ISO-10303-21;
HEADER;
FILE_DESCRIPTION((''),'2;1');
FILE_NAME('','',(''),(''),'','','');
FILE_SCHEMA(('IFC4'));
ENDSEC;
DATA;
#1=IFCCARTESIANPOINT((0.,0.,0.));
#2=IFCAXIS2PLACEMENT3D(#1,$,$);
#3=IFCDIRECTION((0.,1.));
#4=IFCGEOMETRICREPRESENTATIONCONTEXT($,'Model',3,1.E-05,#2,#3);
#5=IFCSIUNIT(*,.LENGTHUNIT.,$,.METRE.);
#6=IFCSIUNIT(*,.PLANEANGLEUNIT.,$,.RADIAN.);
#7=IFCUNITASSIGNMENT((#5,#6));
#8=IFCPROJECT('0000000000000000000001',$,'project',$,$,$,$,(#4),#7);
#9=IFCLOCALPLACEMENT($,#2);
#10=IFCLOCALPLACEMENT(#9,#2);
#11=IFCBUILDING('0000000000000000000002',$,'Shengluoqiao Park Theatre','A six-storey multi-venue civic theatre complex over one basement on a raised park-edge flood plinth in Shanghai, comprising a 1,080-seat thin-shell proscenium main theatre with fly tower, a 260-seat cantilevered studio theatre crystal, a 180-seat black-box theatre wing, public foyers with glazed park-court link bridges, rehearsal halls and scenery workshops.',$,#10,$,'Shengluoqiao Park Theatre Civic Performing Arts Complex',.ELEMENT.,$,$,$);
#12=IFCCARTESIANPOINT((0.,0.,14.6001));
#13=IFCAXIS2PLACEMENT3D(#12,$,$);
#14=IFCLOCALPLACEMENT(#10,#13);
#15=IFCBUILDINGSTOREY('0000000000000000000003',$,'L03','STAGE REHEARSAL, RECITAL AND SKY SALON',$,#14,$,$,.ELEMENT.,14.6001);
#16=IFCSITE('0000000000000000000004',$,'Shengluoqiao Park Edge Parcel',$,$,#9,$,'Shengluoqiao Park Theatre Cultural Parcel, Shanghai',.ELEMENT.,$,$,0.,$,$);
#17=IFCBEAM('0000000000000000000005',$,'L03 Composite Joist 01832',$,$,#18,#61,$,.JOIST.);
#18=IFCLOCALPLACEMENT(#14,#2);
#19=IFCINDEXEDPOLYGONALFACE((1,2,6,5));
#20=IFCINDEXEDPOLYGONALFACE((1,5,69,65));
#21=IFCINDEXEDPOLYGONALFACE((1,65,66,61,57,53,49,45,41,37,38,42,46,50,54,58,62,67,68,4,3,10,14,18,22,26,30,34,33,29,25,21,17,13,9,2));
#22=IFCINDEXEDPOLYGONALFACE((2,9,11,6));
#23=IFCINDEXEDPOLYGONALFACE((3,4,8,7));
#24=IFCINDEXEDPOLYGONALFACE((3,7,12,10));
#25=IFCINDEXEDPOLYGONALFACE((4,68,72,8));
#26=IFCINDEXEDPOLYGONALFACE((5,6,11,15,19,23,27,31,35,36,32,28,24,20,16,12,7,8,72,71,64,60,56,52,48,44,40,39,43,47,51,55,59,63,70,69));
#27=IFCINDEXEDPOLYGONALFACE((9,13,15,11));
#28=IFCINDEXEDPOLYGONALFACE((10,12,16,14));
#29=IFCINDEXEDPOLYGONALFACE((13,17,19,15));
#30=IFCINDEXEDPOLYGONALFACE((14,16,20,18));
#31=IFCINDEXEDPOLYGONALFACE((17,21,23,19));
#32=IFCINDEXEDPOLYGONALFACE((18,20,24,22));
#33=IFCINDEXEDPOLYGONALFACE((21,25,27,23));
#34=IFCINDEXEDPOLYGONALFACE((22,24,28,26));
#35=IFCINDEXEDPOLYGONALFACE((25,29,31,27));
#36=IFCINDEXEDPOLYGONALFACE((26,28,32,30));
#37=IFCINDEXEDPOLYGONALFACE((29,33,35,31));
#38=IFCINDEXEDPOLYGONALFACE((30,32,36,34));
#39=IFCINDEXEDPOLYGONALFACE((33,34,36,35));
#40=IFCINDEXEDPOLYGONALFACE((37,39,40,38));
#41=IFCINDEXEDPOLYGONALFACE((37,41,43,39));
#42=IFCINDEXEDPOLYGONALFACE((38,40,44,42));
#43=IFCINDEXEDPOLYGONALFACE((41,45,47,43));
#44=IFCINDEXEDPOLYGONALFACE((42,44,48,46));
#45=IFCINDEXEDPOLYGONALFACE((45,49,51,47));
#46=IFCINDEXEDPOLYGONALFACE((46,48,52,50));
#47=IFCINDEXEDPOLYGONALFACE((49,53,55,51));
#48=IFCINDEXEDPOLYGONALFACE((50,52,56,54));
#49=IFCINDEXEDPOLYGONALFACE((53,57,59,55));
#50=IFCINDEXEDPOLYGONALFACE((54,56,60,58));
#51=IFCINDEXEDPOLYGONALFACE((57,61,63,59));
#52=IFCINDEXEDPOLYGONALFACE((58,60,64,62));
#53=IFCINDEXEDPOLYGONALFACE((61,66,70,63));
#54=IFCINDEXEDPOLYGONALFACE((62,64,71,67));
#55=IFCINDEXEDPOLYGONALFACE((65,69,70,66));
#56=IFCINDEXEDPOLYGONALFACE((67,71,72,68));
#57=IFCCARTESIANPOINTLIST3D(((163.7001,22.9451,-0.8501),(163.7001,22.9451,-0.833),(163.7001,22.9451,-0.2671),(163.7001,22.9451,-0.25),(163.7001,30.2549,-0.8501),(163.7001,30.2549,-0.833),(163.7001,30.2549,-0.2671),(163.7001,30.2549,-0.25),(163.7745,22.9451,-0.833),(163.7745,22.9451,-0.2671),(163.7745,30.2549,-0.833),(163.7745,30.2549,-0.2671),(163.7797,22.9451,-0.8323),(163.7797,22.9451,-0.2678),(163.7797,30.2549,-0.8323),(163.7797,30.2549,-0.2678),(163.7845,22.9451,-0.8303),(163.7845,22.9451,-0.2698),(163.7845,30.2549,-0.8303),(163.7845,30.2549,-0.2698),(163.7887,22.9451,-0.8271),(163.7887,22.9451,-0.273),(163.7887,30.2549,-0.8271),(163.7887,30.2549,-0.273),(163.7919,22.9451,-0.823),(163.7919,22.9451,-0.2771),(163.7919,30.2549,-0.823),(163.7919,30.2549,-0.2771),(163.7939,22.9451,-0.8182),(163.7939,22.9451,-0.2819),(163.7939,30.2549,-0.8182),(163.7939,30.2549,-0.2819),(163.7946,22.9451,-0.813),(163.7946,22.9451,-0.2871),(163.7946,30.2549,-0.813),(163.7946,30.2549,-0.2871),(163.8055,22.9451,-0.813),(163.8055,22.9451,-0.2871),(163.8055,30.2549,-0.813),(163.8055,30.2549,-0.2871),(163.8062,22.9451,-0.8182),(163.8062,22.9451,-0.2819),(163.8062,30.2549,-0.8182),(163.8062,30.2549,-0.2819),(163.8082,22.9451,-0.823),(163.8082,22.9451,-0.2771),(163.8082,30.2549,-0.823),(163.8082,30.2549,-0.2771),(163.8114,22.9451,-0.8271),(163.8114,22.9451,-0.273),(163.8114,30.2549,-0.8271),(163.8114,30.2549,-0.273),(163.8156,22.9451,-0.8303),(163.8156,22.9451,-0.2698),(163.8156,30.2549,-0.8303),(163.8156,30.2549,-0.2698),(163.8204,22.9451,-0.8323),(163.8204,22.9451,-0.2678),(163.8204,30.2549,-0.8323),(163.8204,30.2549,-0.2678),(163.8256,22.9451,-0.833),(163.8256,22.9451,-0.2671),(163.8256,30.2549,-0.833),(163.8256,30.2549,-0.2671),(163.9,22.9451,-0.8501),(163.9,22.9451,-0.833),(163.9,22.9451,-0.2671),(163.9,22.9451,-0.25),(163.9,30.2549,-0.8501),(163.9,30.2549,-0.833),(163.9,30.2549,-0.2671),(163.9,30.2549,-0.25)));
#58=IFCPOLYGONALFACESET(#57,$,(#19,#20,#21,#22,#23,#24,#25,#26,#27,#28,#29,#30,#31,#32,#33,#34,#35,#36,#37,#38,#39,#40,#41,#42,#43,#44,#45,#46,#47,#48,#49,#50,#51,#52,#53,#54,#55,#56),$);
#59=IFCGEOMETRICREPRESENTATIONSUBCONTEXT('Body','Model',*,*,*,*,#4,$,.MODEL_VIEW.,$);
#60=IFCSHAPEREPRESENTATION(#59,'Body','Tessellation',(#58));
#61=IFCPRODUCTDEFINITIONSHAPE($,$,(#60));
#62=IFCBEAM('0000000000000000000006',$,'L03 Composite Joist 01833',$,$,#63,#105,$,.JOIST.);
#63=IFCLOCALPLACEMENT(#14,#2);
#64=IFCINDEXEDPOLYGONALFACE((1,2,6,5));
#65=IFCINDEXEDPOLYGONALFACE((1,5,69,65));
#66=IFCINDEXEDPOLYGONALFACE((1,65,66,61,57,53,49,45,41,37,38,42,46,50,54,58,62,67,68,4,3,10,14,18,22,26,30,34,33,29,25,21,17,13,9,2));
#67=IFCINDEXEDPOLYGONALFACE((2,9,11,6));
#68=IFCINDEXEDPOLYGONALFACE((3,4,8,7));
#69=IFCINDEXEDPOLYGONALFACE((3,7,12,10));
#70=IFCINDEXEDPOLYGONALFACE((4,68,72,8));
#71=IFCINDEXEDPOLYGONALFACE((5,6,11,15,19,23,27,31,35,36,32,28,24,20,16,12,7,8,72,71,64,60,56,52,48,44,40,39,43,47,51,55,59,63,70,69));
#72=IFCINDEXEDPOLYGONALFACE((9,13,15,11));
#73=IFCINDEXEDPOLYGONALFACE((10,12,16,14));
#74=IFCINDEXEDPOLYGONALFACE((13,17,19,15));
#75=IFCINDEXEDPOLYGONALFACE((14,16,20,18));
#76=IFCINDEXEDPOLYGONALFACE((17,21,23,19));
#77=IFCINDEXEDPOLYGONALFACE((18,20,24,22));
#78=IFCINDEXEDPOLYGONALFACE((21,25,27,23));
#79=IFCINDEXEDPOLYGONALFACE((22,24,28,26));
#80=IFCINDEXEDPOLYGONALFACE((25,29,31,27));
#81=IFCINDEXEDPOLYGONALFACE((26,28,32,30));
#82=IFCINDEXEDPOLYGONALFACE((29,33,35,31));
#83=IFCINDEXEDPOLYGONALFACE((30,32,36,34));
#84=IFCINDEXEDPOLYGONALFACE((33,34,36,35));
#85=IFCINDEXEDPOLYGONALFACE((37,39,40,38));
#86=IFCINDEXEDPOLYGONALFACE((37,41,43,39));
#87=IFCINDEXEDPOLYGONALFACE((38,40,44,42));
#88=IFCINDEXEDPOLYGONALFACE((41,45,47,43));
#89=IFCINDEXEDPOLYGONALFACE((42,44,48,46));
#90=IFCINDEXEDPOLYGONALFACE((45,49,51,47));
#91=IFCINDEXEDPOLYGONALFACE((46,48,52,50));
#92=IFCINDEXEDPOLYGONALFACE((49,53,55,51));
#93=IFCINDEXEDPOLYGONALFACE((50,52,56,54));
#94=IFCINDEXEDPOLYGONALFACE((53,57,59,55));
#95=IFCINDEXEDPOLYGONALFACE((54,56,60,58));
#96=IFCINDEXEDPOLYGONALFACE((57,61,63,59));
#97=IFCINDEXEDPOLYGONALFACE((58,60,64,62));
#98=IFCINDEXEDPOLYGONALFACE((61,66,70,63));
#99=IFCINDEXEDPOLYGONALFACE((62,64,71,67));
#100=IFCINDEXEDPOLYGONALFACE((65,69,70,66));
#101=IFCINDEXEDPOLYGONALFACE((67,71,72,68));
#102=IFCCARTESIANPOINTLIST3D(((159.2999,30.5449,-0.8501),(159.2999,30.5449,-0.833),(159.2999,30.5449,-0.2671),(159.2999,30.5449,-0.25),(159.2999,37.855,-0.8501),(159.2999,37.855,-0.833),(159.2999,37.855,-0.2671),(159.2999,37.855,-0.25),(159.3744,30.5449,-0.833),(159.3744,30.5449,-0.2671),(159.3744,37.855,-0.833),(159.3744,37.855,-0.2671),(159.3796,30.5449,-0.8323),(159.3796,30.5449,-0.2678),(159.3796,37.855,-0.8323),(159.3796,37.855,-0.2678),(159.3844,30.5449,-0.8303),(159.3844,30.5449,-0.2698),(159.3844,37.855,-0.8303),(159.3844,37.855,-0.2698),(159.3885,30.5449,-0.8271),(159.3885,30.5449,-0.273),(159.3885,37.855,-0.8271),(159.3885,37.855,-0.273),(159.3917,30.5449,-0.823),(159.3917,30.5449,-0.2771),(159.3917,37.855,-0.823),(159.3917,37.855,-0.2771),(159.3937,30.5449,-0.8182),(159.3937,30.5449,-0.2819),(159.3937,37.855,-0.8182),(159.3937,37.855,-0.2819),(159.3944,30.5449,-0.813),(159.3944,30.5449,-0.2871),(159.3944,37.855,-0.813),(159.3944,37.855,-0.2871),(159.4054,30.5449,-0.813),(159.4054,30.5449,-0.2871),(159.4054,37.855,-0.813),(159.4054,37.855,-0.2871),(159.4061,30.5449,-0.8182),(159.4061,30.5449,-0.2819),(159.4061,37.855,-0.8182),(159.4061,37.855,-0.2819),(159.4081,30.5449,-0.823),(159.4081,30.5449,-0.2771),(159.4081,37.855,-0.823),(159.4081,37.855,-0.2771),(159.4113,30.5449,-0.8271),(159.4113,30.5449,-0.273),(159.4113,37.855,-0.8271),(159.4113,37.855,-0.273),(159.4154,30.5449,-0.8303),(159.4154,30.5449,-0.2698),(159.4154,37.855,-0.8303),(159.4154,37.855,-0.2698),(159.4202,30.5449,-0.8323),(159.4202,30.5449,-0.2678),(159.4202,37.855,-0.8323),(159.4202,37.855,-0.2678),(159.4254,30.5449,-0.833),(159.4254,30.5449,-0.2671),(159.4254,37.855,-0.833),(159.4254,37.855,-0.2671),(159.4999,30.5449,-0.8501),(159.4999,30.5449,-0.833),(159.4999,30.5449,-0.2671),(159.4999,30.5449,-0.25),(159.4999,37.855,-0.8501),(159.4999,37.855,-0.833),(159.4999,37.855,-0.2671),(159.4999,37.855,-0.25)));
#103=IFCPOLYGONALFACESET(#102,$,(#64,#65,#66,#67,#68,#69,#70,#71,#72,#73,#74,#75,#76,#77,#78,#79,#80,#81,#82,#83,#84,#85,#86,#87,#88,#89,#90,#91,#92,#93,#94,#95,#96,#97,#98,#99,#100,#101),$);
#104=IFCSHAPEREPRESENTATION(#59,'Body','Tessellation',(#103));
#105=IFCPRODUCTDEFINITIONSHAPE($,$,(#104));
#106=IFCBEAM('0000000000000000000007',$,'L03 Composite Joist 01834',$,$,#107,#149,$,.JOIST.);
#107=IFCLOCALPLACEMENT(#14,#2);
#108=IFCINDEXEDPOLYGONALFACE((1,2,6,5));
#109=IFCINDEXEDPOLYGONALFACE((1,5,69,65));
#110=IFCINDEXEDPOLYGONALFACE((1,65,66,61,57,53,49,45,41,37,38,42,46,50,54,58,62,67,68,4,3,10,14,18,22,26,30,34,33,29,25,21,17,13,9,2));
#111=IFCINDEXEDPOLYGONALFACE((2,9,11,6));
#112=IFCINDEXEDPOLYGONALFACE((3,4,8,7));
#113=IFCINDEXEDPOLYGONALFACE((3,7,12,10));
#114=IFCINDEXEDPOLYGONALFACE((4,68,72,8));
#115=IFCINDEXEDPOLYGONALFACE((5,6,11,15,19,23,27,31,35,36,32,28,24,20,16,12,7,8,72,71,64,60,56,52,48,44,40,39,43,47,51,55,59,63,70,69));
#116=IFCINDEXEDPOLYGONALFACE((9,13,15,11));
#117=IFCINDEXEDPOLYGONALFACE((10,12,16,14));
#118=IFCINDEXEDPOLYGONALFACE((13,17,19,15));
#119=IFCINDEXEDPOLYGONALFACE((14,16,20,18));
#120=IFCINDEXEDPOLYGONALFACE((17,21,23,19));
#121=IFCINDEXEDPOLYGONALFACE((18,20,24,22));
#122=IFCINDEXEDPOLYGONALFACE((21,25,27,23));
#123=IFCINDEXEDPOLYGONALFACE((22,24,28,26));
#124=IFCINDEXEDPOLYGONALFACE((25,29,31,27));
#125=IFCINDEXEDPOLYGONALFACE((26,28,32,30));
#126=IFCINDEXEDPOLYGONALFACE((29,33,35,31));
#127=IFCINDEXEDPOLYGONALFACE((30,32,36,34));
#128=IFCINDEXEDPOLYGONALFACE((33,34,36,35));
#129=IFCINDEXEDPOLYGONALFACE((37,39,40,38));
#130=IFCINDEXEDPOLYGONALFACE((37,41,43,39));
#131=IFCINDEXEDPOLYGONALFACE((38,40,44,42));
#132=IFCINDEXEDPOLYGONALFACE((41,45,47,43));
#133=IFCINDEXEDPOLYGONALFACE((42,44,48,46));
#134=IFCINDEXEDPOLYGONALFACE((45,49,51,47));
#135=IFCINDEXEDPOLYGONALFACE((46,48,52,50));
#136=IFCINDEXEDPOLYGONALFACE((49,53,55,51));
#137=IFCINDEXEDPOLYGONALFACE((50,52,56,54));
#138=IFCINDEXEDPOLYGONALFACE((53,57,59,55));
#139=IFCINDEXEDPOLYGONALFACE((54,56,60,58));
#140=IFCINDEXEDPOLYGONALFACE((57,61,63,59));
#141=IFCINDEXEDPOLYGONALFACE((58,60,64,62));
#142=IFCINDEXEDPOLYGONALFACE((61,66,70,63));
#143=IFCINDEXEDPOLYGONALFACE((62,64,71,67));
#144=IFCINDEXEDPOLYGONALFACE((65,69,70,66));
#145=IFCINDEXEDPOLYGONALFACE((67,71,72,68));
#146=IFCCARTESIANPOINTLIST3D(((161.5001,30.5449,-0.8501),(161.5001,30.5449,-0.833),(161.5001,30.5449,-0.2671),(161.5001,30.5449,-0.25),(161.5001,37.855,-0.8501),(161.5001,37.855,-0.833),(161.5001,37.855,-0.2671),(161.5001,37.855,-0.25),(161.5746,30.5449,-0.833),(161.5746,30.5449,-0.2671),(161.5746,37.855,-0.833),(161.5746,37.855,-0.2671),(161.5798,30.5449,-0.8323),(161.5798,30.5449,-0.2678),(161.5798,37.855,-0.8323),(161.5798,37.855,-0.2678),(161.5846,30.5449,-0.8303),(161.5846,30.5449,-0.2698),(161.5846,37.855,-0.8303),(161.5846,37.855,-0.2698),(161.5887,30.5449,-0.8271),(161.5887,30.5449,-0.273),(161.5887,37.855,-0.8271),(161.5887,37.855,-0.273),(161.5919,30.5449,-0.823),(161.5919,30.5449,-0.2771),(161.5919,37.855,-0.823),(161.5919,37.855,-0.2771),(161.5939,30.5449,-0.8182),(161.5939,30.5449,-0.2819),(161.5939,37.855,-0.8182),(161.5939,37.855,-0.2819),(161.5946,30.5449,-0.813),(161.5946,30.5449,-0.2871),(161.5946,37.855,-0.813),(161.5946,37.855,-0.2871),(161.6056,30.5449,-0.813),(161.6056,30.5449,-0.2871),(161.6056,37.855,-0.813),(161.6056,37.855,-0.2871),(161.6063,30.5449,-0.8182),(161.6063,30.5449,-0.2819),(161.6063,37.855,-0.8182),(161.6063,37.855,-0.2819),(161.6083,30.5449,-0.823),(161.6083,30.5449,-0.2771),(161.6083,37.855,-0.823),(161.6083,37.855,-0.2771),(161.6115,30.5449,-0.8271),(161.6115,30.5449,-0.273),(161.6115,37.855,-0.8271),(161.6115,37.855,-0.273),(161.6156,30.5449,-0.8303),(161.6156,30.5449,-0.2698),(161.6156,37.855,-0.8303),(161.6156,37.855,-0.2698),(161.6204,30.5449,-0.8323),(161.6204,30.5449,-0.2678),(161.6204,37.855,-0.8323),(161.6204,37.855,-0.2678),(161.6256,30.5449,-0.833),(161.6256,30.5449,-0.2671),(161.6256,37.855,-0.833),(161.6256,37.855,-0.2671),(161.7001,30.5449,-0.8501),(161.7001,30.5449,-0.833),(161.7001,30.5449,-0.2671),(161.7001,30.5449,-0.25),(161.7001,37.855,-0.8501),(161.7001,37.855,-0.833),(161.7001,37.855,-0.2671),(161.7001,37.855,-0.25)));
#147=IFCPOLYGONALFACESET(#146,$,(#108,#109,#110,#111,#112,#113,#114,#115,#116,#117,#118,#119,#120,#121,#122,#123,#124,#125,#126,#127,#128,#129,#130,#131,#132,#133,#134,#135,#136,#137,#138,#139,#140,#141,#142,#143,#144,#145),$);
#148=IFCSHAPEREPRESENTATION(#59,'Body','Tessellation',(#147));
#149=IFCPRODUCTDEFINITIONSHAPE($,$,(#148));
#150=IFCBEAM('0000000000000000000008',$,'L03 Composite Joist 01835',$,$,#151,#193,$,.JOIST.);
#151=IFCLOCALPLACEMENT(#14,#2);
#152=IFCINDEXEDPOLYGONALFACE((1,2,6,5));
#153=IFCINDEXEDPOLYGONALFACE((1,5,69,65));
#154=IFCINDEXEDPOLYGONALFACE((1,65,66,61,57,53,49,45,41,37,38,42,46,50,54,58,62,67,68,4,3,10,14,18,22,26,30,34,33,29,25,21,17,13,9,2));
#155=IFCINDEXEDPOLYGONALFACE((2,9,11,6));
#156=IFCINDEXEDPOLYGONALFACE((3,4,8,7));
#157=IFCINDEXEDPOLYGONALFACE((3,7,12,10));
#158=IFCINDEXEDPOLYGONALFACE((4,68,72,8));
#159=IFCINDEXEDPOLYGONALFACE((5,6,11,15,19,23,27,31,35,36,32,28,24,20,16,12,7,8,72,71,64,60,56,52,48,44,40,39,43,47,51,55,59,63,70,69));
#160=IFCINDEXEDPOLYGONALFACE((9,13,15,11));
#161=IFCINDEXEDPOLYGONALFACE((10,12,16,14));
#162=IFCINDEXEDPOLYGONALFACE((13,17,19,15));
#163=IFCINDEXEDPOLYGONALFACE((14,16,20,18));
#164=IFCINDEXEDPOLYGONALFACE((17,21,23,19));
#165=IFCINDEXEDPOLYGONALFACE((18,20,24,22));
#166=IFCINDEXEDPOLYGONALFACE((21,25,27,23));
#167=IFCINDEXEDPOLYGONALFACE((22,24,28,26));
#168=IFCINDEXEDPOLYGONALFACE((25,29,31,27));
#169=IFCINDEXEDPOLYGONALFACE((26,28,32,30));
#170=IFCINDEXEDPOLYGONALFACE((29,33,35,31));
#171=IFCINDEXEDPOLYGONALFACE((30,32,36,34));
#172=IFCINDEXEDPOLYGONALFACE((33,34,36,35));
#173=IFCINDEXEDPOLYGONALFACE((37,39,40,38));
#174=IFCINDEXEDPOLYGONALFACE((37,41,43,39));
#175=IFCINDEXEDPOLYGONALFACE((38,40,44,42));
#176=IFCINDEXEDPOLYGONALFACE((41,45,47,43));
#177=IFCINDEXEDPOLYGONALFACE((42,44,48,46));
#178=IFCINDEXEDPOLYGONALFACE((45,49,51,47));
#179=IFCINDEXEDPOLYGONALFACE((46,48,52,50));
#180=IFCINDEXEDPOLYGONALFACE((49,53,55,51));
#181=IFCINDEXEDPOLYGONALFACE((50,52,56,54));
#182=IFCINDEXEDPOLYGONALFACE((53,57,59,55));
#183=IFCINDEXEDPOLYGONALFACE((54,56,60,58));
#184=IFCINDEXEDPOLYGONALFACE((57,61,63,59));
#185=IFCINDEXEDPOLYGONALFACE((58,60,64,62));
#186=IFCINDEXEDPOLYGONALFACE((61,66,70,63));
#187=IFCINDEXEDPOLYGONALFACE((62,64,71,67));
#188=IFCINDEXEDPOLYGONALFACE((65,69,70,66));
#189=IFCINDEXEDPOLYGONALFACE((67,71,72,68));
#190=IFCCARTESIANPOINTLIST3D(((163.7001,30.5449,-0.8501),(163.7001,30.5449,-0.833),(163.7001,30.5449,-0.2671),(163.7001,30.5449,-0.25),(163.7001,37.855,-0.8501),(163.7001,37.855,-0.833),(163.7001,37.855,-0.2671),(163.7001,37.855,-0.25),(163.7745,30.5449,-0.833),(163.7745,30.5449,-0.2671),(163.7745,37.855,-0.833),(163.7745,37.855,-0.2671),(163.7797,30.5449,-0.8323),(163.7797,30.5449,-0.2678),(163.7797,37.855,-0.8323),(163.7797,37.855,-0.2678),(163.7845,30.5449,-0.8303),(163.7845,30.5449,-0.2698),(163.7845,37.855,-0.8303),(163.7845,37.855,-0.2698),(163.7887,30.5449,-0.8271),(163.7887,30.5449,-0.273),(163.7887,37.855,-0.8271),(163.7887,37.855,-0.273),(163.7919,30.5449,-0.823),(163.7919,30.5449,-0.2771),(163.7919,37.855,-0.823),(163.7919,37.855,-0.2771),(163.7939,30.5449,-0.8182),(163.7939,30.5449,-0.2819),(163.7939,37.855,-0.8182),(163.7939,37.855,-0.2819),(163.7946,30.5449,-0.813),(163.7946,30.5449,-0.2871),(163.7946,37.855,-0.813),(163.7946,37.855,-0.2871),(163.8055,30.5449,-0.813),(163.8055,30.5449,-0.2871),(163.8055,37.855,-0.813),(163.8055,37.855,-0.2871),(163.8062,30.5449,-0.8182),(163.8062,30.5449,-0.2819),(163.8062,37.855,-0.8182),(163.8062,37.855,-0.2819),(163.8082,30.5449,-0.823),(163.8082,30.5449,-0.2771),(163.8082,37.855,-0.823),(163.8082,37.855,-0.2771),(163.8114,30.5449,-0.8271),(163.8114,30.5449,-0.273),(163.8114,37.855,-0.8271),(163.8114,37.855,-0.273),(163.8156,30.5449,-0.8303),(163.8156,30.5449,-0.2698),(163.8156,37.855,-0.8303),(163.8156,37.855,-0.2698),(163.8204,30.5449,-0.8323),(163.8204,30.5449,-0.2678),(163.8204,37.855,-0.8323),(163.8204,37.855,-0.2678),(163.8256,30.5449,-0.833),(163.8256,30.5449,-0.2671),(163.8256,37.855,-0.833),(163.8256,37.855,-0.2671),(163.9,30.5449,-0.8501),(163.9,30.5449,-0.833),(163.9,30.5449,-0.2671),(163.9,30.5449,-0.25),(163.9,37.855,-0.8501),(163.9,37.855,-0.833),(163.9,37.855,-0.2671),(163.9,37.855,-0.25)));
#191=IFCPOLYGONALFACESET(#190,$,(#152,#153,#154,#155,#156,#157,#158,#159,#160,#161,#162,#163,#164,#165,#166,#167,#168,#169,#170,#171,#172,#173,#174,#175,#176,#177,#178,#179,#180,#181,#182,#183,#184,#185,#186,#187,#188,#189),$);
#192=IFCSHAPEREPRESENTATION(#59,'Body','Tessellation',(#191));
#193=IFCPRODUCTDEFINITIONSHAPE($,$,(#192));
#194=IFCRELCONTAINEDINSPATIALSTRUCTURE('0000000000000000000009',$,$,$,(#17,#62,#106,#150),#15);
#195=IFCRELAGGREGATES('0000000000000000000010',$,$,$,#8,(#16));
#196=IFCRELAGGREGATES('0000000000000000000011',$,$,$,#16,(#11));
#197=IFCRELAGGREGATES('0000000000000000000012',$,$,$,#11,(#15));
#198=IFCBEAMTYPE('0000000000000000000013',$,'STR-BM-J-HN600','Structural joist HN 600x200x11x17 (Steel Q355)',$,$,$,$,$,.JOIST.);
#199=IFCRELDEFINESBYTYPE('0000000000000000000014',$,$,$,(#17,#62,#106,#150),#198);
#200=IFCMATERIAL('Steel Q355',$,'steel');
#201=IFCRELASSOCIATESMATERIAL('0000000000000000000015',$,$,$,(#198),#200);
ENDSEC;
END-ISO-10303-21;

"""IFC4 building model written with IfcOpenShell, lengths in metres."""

from ifc_helpers import new_model, si_unit, direction, frame, origin, origin_2d, place, context, subcontext, project, spatial, i_section, extrude, material, material_profile, profile_set, type_object, element, save


model = new_model("IFC4")

# Units and contexts
model_context = context("Model", 3, precision=1e-05, world=origin(), true_north=direction((0.0, 1.0)))
body_context = subcontext(model_context, "Body", "Model", "MODEL_VIEW")
ifc_project = project(units=[si_unit("LENGTHUNIT", "METRE"), si_unit("PLANEANGLEUNIT", "RADIAN")], contexts=[model_context])

# Site, building, storey
site_placement = place(None, origin())
site = spatial("IfcSite", under=ifc_project, at=site_placement, Name="Shengluoqiao Park Edge Parcel", LongName="Shengluoqiao Park Theatre Cultural Parcel, Shanghai", CompositionType="ELEMENT", RefElevation=0.0)
building_placement = place(site_placement, origin())
building = spatial("IfcBuilding", under=site, at=building_placement, Name="Shengluoqiao Park Theatre", Description="A six-storey multi-venue civic theatre complex over one basement on a raised park-edge flood plinth in Shanghai, comprising a 1,080-seat thin-shell proscenium main theatre with fly tower, a 260-seat cantilevered studio theatre crystal, a 180-seat black-box theatre wing, public foyers with glazed park-court link bridges, rehearsal halls and scenery workshops.", LongName="Shengluoqiao Park Theatre Civic Performing Arts Complex", CompositionType="ELEMENT")
storey_placement = place(building_placement, frame((0.0, 0.0, 14.6001)))
storey = spatial("IfcBuildingStorey", under=building, at=storey_placement, Name="L03", Description="STAGE REHEARSAL, RECITAL AND SKY SALON", CompositionType="ELEMENT", Elevation=14.6001)

# Beams
ifc_material_1 = material(Name="Steel Q355", Category="steel")
ifc_material_profile_1 = material_profile(ifc_material_1, i_section(OverallWidth=0.2, OverallDepth=0.6001, WebThickness=0.011, FlangeThickness=0.0171, FilletRadius=0.02, at=origin_2d()), Name="HN 600x200x11x17")
ifc_profile_set_1 = profile_set([ifc_material_profile_1], Name="Steel Q355")
beam_type_1 = type_object("IfcBeamType", Name="STR-BM-J-HN600", Description="Structural joist HN 600x200x11x17 (Steel Q355)", PredefinedType="JOIST", material=ifc_profile_set_1)
for number, where, z_axis, x_axis, name in (
    (1, (163.8, 22.9451, -0.55), (0.0, 1.0, 0.0), (-1.0, 0.0, 0.0), "L03 Composite Joist 01832"),
):
    element("IfcBeam", number, at=place(storey_placement, frame(where, z_axis=z_axis, x_axis=x_axis)), inside=storey, type_object=beam_type_1, Name=name, PredefinedType="JOIST", context=body_context, shape_type="SweptSolid", body=[
        extrude(i_section(OverallWidth=0.2, OverallDepth=0.6001, WebThickness=0.011, FlangeThickness=0.0171, FilletRadius=0.02, at=origin_2d()), origin(), (0.0, 0.0, 1.0), 7.3098),
    ])
for number, where, z_axis, x_axis, name in (
    (2, (159.3999, 30.5449, -0.55), (0.0, 1.0, 0.0), (-1.0, 0.0, 0.0), "L03 Composite Joist 01833"),
    (3, (161.6001, 30.5449, -0.55), (0.0, 1.0, 0.0), (-1.0, 0.0, 0.0), "L03 Composite Joist 01834"),
    (4, (163.8, 30.5449, -0.55), (0.0, 1.0, 0.0), (-1.0, 0.0, 0.0), "L03 Composite Joist 01835"),
):
    element("IfcBeam", number, at=place(storey_placement, frame(where, z_axis=z_axis, x_axis=x_axis)), inside=storey, type_object=beam_type_1, Name=name, PredefinedType="JOIST", context=body_context, shape_type="SweptSolid", body=[
        extrude(i_section(OverallWidth=0.2, OverallDepth=0.6001, WebThickness=0.011, FlangeThickness=0.0171, FilletRadius=0.02, at=origin_2d()), origin(), (0.0, 0.0, 1.0), 7.3101),
    ])

save(model, "model.ifc")
